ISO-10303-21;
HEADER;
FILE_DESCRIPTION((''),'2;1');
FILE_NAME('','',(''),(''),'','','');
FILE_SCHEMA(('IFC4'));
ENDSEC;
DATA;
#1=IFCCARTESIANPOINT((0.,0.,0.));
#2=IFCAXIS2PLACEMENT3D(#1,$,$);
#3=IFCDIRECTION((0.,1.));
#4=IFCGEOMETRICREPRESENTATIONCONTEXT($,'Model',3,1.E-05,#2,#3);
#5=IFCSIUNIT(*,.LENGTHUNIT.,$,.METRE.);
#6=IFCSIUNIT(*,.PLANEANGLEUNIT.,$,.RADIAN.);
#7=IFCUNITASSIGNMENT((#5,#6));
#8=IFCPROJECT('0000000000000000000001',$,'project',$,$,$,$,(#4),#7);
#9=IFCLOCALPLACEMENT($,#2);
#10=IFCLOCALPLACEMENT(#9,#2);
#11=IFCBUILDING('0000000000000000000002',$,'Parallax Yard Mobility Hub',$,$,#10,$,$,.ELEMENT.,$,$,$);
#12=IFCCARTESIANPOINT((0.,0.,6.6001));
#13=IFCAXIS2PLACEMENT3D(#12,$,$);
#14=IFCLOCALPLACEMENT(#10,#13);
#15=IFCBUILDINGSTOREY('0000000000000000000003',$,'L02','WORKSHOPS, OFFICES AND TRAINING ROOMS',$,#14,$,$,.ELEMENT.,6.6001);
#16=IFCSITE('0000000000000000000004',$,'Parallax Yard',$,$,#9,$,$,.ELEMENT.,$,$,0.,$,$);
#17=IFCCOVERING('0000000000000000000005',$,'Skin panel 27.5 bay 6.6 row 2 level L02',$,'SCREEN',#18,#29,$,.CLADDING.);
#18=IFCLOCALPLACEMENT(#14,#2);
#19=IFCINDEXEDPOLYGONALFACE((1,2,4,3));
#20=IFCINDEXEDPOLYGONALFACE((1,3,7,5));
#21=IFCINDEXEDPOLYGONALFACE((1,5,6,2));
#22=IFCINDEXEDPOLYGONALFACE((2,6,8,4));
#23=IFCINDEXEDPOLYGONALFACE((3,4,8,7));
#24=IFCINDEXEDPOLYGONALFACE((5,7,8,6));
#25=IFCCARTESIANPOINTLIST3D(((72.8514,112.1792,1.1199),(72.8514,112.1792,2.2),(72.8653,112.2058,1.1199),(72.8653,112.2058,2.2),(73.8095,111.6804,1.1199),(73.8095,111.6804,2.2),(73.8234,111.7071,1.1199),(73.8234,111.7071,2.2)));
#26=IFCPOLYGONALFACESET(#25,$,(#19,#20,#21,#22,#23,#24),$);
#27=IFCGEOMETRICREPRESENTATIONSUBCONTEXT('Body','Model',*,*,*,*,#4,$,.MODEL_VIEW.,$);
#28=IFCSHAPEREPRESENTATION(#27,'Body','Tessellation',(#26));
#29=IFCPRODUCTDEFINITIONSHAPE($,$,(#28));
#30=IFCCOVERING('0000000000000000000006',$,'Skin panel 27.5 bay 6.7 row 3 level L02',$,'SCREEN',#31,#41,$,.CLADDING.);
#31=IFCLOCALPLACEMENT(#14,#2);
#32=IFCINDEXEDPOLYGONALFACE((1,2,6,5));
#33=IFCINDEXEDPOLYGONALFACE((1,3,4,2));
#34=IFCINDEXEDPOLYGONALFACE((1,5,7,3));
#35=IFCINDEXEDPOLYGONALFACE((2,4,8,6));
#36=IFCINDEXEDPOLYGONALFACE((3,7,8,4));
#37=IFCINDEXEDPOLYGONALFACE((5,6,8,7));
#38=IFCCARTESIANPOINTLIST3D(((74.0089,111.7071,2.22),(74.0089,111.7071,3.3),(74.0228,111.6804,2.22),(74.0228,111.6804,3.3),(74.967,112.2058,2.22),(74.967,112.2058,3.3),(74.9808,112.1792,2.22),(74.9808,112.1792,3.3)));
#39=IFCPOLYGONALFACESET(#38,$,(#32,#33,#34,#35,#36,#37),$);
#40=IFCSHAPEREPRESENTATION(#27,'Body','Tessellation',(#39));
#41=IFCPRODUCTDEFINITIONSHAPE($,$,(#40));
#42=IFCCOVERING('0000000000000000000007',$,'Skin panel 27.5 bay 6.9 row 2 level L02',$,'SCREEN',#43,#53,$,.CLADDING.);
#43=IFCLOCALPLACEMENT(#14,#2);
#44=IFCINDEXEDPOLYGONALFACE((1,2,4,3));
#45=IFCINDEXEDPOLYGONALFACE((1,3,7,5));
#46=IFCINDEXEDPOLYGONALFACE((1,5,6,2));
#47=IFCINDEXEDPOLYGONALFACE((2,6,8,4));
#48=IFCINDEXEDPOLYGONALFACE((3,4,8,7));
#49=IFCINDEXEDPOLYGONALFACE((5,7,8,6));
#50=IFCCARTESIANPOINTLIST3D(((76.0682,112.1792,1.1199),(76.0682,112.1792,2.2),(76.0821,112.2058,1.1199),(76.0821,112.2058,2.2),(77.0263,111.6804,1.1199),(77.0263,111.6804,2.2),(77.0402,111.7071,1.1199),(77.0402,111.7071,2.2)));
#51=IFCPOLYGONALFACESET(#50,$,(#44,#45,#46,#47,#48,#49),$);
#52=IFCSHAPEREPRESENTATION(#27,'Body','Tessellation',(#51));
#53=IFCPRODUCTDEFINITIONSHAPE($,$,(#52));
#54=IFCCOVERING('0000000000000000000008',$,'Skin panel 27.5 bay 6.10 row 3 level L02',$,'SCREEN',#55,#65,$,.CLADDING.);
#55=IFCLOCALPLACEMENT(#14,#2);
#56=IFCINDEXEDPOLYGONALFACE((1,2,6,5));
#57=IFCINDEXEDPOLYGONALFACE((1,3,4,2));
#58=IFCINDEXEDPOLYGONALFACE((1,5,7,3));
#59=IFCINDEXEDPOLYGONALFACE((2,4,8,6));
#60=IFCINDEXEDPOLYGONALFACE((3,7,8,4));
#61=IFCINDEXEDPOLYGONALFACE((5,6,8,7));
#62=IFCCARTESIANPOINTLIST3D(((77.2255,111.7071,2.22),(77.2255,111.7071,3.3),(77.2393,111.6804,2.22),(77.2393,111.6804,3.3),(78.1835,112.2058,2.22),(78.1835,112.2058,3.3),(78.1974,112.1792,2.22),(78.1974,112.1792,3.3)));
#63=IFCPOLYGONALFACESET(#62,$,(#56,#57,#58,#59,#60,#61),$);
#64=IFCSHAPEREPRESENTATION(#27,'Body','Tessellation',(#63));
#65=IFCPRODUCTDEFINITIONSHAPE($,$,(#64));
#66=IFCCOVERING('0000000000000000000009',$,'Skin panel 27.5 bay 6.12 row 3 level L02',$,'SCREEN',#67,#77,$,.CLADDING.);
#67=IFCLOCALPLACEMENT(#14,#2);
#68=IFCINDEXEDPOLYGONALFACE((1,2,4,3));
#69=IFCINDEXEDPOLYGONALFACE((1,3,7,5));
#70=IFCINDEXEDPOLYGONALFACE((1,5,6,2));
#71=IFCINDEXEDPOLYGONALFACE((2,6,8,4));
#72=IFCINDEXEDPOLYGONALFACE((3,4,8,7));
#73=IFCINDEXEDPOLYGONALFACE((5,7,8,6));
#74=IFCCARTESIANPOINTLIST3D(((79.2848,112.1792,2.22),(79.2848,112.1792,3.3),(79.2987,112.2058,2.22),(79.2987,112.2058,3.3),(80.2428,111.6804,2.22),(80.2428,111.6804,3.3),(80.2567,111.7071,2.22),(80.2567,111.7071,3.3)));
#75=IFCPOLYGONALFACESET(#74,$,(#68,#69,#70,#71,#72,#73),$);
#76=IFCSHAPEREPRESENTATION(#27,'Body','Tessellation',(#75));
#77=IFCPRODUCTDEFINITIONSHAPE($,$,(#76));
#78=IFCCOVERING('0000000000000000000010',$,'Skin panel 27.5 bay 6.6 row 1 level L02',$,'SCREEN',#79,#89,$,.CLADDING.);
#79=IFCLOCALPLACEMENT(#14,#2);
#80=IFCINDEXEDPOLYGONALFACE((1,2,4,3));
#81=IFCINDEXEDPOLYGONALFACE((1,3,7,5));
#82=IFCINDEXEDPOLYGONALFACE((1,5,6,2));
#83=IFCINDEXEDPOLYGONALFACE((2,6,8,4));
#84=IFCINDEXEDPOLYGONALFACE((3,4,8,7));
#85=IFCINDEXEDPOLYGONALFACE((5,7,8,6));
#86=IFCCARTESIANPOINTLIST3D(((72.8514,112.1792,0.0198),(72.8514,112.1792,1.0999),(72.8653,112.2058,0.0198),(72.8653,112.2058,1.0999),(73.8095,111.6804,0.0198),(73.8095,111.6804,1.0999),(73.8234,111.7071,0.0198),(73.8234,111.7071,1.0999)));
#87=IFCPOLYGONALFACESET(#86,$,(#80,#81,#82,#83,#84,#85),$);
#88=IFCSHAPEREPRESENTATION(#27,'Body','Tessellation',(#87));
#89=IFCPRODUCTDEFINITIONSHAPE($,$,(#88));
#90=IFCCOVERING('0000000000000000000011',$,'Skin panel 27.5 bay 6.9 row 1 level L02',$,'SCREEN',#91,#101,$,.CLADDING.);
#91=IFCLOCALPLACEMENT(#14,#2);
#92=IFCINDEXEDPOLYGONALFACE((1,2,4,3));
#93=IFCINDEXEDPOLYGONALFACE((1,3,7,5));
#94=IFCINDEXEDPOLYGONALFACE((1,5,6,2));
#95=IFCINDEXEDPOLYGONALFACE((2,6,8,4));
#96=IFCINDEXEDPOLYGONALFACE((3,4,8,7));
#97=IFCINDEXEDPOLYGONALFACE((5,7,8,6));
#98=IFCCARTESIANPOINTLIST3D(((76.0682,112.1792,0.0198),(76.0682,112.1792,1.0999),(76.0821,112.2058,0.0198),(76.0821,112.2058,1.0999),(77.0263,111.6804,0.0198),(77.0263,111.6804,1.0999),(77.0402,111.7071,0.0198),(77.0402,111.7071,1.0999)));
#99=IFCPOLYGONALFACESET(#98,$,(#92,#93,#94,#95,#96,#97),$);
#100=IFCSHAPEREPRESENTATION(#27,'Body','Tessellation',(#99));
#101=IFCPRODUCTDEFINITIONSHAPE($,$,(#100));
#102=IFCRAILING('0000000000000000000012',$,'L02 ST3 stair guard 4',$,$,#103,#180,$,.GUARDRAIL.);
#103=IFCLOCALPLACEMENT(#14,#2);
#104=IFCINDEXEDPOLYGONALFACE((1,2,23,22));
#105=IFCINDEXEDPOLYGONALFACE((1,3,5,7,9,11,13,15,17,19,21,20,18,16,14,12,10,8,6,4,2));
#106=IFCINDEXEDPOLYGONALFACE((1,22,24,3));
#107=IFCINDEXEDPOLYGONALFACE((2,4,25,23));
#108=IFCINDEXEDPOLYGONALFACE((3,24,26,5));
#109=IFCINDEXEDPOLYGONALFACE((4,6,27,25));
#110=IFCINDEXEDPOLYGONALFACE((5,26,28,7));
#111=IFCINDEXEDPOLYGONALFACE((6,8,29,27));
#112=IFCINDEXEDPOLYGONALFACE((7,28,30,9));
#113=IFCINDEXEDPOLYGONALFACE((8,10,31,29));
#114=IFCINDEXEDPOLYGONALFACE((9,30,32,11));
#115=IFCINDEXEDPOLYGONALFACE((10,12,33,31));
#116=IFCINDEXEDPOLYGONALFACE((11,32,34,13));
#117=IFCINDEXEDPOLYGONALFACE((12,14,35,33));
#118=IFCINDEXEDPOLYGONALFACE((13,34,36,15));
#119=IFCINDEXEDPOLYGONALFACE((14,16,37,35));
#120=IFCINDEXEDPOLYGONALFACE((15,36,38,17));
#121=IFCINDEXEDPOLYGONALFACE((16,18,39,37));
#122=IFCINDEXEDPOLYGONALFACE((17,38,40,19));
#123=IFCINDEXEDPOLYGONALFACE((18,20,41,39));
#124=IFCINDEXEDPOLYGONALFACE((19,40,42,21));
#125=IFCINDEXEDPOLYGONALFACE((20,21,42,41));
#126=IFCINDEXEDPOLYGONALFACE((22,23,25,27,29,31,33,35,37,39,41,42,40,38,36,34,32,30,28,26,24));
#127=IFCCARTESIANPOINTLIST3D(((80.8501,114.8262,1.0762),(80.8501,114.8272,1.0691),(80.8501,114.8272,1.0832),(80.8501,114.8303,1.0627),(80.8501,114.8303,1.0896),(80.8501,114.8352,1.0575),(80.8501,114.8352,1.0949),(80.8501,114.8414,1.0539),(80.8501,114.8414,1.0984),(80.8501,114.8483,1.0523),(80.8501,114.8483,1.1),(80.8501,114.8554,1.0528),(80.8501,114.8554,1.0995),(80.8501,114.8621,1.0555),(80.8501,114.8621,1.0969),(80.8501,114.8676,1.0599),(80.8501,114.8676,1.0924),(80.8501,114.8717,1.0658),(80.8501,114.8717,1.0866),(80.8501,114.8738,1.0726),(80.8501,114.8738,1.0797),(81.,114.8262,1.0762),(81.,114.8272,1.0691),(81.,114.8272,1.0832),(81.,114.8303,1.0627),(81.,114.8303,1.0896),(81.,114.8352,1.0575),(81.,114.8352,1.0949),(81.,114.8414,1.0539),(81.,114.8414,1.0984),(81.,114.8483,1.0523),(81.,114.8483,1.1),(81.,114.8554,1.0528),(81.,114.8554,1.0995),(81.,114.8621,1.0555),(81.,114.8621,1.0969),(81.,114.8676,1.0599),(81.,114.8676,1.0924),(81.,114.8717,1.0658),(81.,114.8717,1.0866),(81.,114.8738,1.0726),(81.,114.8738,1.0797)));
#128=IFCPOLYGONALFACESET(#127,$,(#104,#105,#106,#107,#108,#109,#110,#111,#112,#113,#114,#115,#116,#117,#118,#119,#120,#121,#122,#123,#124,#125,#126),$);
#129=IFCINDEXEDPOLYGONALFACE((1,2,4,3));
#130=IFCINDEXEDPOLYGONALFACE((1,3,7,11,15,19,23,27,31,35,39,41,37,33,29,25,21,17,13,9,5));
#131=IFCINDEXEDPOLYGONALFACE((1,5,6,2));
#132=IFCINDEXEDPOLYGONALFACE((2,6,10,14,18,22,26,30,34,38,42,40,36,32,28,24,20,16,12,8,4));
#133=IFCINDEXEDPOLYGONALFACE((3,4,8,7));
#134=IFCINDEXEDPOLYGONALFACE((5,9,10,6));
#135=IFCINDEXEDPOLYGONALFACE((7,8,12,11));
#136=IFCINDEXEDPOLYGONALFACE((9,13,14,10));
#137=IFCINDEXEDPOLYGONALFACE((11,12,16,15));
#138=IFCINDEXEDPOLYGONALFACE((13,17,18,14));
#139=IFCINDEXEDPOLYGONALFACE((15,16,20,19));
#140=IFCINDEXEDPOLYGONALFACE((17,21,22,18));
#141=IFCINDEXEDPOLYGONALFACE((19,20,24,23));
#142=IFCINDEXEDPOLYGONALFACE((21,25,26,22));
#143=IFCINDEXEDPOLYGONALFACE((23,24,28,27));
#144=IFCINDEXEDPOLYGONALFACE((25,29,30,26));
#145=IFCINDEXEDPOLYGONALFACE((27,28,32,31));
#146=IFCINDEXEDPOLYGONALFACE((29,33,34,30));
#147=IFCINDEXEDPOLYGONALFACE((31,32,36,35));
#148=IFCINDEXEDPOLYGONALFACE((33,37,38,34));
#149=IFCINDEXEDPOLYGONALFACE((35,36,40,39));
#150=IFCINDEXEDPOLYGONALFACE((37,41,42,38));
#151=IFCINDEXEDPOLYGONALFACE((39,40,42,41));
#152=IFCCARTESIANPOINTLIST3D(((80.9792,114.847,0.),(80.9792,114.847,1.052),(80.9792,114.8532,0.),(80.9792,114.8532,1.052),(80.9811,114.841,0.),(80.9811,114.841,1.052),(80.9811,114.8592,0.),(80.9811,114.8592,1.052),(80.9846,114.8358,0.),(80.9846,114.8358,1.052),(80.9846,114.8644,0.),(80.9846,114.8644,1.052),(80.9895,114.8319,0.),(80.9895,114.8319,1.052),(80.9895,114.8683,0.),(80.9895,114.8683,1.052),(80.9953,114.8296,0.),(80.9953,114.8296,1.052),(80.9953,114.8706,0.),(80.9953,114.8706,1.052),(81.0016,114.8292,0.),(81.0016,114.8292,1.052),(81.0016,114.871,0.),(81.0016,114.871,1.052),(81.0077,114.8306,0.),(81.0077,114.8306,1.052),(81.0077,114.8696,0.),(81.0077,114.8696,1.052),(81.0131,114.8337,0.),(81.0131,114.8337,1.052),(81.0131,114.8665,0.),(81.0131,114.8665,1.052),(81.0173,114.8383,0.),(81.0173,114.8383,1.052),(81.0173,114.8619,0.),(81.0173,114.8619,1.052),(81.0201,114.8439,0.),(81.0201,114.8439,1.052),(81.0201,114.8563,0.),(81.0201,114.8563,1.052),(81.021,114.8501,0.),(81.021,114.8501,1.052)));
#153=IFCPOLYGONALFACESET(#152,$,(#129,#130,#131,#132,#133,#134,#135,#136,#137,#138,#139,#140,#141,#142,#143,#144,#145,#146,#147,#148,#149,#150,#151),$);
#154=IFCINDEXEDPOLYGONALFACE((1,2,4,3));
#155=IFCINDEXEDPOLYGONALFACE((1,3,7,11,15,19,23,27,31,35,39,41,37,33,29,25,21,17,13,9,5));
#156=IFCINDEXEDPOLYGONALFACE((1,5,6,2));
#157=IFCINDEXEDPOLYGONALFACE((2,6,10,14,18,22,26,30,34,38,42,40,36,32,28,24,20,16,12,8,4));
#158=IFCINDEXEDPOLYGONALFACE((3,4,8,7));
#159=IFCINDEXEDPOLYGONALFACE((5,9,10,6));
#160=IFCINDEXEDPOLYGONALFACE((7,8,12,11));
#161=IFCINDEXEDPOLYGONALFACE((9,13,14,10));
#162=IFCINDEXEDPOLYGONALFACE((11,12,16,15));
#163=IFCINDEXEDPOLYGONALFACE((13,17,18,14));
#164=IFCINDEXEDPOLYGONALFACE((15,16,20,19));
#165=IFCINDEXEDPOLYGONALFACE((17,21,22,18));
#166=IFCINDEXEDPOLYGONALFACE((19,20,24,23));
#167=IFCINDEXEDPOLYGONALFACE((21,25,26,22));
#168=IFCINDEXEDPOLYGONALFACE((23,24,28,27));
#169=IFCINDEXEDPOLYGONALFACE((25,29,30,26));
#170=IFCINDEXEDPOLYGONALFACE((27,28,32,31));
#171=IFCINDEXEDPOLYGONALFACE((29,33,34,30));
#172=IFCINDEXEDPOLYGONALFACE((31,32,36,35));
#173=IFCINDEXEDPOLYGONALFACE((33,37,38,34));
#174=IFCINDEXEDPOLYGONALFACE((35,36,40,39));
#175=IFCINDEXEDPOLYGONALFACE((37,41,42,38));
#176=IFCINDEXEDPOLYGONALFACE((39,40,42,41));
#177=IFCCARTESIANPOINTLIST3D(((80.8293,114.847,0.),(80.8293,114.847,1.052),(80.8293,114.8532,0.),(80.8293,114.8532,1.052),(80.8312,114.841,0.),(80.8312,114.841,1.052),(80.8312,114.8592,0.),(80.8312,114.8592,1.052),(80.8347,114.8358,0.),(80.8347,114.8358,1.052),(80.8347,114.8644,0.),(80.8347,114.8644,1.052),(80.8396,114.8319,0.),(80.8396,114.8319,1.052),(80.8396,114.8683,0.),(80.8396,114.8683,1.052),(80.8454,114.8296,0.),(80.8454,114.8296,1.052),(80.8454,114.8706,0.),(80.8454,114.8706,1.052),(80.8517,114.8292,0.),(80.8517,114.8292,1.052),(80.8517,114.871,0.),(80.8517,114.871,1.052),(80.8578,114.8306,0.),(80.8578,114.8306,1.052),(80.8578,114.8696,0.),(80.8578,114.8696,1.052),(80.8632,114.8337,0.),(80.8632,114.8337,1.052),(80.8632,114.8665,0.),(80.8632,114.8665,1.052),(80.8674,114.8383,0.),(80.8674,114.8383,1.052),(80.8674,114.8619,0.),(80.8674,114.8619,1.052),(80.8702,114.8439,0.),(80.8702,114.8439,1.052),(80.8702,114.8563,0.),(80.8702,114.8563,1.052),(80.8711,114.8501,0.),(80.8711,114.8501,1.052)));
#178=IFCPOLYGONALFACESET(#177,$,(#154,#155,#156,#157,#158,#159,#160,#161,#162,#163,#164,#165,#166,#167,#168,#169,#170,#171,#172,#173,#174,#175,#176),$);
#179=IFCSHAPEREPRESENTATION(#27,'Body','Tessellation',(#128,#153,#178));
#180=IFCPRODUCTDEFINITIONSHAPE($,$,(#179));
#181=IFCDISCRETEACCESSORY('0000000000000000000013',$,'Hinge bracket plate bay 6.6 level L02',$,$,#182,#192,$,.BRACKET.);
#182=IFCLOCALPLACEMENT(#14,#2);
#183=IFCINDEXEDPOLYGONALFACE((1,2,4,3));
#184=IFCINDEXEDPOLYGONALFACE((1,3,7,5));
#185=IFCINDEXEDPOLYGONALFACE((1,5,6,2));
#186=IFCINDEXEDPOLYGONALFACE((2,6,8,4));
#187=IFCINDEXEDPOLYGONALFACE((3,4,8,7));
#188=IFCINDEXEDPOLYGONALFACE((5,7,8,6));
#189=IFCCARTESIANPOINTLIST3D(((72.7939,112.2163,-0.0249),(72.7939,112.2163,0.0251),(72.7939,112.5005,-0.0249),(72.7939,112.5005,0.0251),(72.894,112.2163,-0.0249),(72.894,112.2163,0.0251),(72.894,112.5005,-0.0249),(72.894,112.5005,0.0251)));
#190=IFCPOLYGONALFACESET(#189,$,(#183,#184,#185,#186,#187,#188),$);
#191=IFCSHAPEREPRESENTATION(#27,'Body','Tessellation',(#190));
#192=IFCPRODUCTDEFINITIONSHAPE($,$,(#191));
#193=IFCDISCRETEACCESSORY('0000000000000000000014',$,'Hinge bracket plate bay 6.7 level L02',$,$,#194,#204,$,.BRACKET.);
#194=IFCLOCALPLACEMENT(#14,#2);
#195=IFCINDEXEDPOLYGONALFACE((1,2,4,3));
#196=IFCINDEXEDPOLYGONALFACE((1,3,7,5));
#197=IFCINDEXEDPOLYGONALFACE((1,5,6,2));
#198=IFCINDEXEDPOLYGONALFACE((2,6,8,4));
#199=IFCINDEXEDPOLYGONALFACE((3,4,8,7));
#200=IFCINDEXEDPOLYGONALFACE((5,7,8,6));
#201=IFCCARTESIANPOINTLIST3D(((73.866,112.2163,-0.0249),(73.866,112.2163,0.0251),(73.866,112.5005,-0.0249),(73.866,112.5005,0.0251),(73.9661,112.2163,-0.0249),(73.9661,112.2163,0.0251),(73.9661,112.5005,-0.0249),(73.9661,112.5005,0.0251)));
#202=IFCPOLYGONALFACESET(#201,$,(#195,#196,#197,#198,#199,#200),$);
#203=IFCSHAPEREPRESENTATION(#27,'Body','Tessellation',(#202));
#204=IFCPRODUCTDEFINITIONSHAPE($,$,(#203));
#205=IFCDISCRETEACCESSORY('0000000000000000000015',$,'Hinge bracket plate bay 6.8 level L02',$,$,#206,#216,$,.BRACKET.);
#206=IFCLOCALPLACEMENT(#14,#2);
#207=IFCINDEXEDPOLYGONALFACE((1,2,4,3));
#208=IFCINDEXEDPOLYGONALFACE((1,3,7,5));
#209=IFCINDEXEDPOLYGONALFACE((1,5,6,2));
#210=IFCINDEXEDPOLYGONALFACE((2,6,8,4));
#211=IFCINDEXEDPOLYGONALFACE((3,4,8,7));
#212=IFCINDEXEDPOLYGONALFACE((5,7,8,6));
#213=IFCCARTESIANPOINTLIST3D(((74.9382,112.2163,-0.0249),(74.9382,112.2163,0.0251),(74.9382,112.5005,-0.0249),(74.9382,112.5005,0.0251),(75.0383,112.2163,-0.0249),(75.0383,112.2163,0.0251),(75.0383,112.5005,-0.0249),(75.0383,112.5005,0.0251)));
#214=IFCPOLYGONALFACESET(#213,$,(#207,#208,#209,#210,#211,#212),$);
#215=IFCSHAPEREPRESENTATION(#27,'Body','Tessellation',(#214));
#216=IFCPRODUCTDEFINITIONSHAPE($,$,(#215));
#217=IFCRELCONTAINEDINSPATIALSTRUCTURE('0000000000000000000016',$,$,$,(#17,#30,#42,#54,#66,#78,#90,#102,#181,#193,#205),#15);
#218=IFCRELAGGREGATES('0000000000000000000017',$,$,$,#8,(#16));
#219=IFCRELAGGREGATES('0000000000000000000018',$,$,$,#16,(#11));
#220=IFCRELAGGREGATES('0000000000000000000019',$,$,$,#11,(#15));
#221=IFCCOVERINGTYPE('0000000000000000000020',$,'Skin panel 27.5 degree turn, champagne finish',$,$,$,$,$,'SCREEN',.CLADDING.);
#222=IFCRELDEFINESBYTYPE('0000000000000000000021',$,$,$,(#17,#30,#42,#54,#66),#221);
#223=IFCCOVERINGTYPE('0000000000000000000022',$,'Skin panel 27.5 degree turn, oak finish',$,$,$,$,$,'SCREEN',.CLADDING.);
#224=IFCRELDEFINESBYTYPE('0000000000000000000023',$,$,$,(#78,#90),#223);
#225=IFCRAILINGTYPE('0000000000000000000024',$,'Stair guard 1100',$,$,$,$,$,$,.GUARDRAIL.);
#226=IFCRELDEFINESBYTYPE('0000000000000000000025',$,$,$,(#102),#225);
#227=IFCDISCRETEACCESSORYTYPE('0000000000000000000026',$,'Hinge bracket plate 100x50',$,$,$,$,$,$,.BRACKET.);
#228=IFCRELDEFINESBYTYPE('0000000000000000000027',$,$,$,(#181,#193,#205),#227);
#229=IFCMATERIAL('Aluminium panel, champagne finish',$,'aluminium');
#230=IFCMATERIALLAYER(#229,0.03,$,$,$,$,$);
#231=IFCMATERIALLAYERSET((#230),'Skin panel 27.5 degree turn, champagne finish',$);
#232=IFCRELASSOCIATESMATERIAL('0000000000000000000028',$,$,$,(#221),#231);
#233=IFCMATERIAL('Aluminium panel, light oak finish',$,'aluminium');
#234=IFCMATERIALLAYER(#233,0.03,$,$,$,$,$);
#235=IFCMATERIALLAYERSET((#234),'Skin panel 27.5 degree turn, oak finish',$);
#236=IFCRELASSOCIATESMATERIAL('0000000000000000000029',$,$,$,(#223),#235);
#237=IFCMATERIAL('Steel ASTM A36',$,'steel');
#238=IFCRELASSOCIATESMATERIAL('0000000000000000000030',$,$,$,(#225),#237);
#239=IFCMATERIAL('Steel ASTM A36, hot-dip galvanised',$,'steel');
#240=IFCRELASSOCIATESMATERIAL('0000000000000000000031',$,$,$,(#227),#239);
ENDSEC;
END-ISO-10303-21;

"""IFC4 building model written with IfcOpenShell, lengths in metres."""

from ifc_helpers import new_model, si_unit, direction, frame, origin, origin_2d, place, context, subcontext, project, spatial, rectangle, circle, extrude, material, layer, layer_set, type_object, element, save


model = new_model("IFC4")

# Units and contexts
model_context = context("Model", 3, precision=1e-05, world=origin(), true_north=direction((0.0, 1.0)))
body_context = subcontext(model_context, "Body", "Model", "MODEL_VIEW")
ifc_project = project(units=[si_unit("LENGTHUNIT", "METRE"), si_unit("PLANEANGLEUNIT", "RADIAN")], contexts=[model_context])

# Site, building, storey
site_placement = place(None, origin())
site = spatial("IfcSite", under=ifc_project, at=site_placement, Name="Parallax Yard", CompositionType="ELEMENT", RefElevation=0.0)
building_placement = place(site_placement, origin())
building = spatial("IfcBuilding", under=site, at=building_placement, Name="Parallax Yard Mobility Hub", CompositionType="ELEMENT")
storey_placement = place(building_placement, frame((0.0, 0.0, 6.6001)))
storey = spatial("IfcBuildingStorey", under=building, at=storey_placement, Name="L02", Description="WORKSHOPS, OFFICES AND TRAINING ROOMS", CompositionType="ELEMENT", Elevation=6.6001)

# Coverings
ifc_material_1 = material(Name="Aluminium panel, champagne finish", Category="aluminium")
ifc_layer_1 = layer(ifc_material_1, 0.03)
ifc_layer_set_1 = layer_set([ifc_layer_1], Name="Skin panel 27.5 degree turn, champagne finish")
covering_type_1 = type_object("IfcCoveringType", Name="Skin panel 27.5 degree turn, champagne finish", ElementType="SCREEN", PredefinedType="CLADDING", material=ifc_layer_set_1)
for number, where, z_axis, x_axis, name in (
    (1, (73.3374, 111.9431, 1.1199), (0.0, 0.0, 1.0), (0.887011, -0.461749, 0.0), "Skin panel 27.5 bay 6.6 row 2 level L02"),
    (2, (74.4949, 111.9431, 2.22), (0.0, 0.0, 1.0), (-0.887011, -0.461749, 0.0), "Skin panel 27.5 bay 6.7 row 3 level L02"),
    (3, (76.5542, 111.9431, 1.1199), (0.0, 0.0, 1.0), (0.887011, -0.461749, 0.0), "Skin panel 27.5 bay 6.9 row 2 level L02"),
    (4, (77.7114, 111.9431, 2.22), (0.0, 0.0, 1.0), (-0.887011, -0.461749, 0.0), "Skin panel 27.5 bay 6.10 row 3 level L02"),
    (5, (79.7708, 111.9431, 2.22), (0.0, 0.0, 1.0), (0.887011, -0.461749, 0.0), "Skin panel 27.5 bay 6.12 row 3 level L02"),
):
    element("IfcCovering", number, at=place(storey_placement, frame(where, z_axis=z_axis, x_axis=x_axis)), inside=storey, type_object=covering_type_1, Name=name, ObjectType="SCREEN", PredefinedType="CLADDING", context=body_context, shape_type="SweptSolid", body=[
        extrude(rectangle(XDim=1.0801, YDim=0.03, at=origin_2d()), origin(), (0.0, 0.0, 1.0), 1.0801),
    ])
ifc_material_2 = material(Name="Aluminium panel, light oak finish", Category="aluminium")
ifc_layer_2 = layer(ifc_material_2, 0.03)
ifc_layer_set_2 = layer_set([ifc_layer_2], Name="Skin panel 27.5 degree turn, oak finish")
covering_type_2 = type_object("IfcCoveringType", Name="Skin panel 27.5 degree turn, oak finish", ElementType="SCREEN", PredefinedType="CLADDING", material=ifc_layer_set_2)
for number, where, z_axis, x_axis, name in (
    (6, (73.3374, 111.9431, 0.0198), (0.0, 0.0, 1.0), (0.887011, -0.461749, 0.0), "Skin panel 27.5 bay 6.6 row 1 level L02"),
    (7, (76.5542, 111.9431, 0.0198), (0.0, 0.0, 1.0), (0.887011, -0.461749, 0.0), "Skin panel 27.5 bay 6.9 row 1 level L02"),
):
    element("IfcCovering", number, at=place(storey_placement, frame(where, z_axis=z_axis, x_axis=x_axis)), inside=storey, type_object=covering_type_2, Name=name, ObjectType="SCREEN", PredefinedType="CLADDING", context=body_context, shape_type="SweptSolid", body=[
        extrude(rectangle(XDim=1.0801, YDim=0.03, at=origin_2d()), origin(), (0.0, 0.0, 1.0), 1.0801),
    ])

# Railing
ifc_material_3 = material(Name="Steel ASTM A36", Category="steel")
railing_type = type_object("IfcRailingType", Name="Stair guard 1100", PredefinedType="GUARDRAIL", material=ifc_material_3)
railing_placement = place(storey_placement, frame((81.0, 114.8501, 0.0)))
element("IfcRailing", 8, at=railing_placement, inside=storey, type_object=railing_type, Name="L02 ST3 stair guard 4", PredefinedType="GUARDRAIL", context=body_context, shape_type="SweptSolid", body=[
    extrude(circle(Radius=0.0239, at=origin_2d()), frame((0.0, 0.0, 1.0762), z_axis=(-1.0, 0.0, 0.0), x_axis=(0.0, -1.0, 0.0)), (0.0, 0.0, 1.0), 0.1499),
    extrude(circle(Radius=0.021, at=origin_2d()), origin(), (0.0, 0.0, 1.0), 1.052),
    extrude(circle(Radius=0.021, at=origin_2d()), frame((-0.1499, 0.0, 0.0)), (0.0, 0.0, 1.0), 1.052),
])

# Discrete accessories
ifc_material_4 = material(Name="Steel ASTM A36, hot-dip galvanised", Category="steel")
discrete_accessory_type_1 = type_object("IfcDiscreteAccessoryType", Name="Hinge bracket plate 100x50", PredefinedType="BRACKET", material=ifc_material_4)
for number, where, z_axis, x_axis, name in (
    (9, (72.844, 112.3584, -0.0249), (0.0, 0.0, 1.0), (0.0, -1.0, 0.0), "Hinge bracket plate bay 6.6 level L02"),
    (10, (73.916, 112.3584, -0.0249), (0.0, 0.0, 1.0), (0.0, -1.0, 0.0), "Hinge bracket plate bay 6.7 level L02"),
    (11, (74.9883, 112.3584, -0.0249), (0.0, 0.0, 1.0), (0.0, -1.0, 0.0), "Hinge bracket plate bay 6.8 level L02"),
):
    element("IfcDiscreteAccessory", number, at=place(storey_placement, frame(where, z_axis=z_axis, x_axis=x_axis)), inside=storey, type_object=discrete_accessory_type_1, Name=name, PredefinedType="BRACKET", context=body_context, shape_type="SweptSolid", body=[
        extrude(rectangle(XDim=0.2842, YDim=0.1001, at=origin_2d()), origin(), (0.0, 0.0, 1.0), 0.05),
    ])

save(model, "model.ifc")
